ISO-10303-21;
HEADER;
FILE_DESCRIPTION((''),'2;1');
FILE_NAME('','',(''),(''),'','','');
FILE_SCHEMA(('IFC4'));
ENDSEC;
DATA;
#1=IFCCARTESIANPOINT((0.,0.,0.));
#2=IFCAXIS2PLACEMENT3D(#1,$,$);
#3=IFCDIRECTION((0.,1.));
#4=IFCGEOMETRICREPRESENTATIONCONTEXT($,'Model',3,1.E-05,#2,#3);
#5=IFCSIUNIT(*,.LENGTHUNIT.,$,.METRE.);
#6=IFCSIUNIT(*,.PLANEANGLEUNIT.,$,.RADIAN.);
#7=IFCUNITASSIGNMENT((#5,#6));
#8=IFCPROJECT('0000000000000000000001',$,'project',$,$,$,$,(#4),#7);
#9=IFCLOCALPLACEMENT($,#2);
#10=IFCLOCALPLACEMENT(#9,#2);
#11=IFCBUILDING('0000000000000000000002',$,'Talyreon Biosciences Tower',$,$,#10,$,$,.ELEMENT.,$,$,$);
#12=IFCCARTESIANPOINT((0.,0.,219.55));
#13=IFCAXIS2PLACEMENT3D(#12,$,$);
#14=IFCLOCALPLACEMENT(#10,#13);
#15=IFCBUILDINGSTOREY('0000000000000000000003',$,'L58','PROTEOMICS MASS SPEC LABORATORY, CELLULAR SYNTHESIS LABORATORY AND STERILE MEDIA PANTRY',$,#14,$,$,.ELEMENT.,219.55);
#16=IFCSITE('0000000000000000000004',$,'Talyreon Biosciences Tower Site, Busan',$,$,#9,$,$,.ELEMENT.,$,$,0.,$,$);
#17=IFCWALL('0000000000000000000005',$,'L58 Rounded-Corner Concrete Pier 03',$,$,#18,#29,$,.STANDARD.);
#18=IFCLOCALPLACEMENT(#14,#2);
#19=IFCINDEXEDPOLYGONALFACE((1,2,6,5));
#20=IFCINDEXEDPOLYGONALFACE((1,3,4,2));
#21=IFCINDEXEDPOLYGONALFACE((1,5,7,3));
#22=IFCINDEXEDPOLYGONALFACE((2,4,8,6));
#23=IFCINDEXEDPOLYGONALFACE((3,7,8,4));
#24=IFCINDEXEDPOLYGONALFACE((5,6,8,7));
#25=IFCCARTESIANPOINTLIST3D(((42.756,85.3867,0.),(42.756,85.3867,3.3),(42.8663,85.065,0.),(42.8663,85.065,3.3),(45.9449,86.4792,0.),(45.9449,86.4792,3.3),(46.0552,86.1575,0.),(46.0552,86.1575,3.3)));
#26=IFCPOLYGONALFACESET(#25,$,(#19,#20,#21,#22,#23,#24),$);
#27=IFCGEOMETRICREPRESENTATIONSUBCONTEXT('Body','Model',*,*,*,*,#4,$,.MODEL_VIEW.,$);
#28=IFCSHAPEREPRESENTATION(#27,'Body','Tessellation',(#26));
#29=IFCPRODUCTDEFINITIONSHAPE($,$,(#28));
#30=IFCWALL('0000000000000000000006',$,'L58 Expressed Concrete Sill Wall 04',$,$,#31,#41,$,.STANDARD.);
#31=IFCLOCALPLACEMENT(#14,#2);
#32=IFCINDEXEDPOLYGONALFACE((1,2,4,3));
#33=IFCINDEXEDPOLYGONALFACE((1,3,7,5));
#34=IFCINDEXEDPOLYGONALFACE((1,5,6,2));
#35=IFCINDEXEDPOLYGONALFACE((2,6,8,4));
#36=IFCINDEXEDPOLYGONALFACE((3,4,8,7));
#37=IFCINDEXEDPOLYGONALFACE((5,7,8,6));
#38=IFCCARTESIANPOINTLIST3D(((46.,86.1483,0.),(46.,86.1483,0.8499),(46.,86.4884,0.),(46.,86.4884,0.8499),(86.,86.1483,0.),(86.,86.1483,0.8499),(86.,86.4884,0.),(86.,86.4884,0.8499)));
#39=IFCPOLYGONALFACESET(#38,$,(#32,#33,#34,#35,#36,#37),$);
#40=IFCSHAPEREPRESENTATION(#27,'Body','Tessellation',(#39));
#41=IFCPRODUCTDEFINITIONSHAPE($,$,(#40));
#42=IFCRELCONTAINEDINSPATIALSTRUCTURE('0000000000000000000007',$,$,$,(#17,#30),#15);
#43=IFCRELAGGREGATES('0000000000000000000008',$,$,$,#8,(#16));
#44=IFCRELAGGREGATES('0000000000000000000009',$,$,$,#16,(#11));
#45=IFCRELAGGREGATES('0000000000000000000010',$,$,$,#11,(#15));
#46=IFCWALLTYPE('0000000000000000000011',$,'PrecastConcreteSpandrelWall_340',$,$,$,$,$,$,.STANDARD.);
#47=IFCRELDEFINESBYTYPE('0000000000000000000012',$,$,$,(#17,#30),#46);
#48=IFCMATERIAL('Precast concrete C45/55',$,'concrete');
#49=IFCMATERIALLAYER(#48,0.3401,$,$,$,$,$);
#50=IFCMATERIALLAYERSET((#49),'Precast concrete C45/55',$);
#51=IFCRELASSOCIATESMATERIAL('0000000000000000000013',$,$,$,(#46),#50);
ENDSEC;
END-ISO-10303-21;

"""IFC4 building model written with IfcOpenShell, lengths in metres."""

from ifc_helpers import new_model, si_unit, direction, frame, frame_2d, origin, place, context, subcontext, project, spatial, rectangle, extrude, material, layer, layer_set, type_object, element, save


model = new_model("IFC4")

# Units and contexts
model_context = context("Model", 3, precision=1e-05, world=origin(), true_north=direction((0.0, 1.0)))
body_context = subcontext(model_context, "Body", "Model", "MODEL_VIEW")
ifc_project = project(units=[si_unit("LENGTHUNIT", "METRE"), si_unit("PLANEANGLEUNIT", "RADIAN")], contexts=[model_context])

# Site, building, storey
site_placement = place(None, origin())
site = spatial("IfcSite", under=ifc_project, at=site_placement, Name="Talyreon Biosciences Tower Site, Busan", CompositionType="ELEMENT", RefElevation=0.0)
building_placement = place(site_placement, origin())
building = spatial("IfcBuilding", under=site, at=building_placement, Name="Talyreon Biosciences Tower", CompositionType="ELEMENT")
storey_placement = place(building_placement, frame((0.0, 0.0, 219.55)))
storey = spatial("IfcBuildingStorey", under=building, at=storey_placement, Name="L58", Description="PROTEOMICS MASS SPEC LABORATORY, CELLULAR SYNTHESIS LABORATORY AND STERILE MEDIA PANTRY", CompositionType="ELEMENT", Elevation=219.55)

# Shared definitions
ifc_material_1 = material(Name="Precast concrete C45/55", Category="concrete")

# Walls
ifc_layer_1 = layer(ifc_material_1, 0.3401)
ifc_layer_set_1 = layer_set([ifc_layer_1], Name="Precast concrete C45/55")
wall_type_1 = type_object("IfcWallType", Name="PrecastConcreteSpandrelWall_340", PredefinedType="STANDARD", material=ifc_layer_set_1)
wall_1_placement = place(storey_placement, frame((42.811, 85.2258, 0.0), z_axis=(0.0, 0.0, 1.0), x_axis=(0.946021, 0.324104, 0.0)))
element("IfcWall", 1, at=wall_1_placement, inside=storey, type_object=wall_type_1, Name="L58 Rounded-Corner Concrete Pier 03", PredefinedType="STANDARD", context=body_context, shape_type="SweptSolid", body=[
    extrude(rectangle(XDim=3.3708, YDim=0.3401, at=frame_2d((1.6855, 0.0))), origin(), (0.0, 0.0, 1.0), 3.3),
])
wall_2_placement = place(storey_placement, frame((46.0, 86.3184, 0.0), z_axis=(0.0, 0.0, 1.0), x_axis=(1.0, 0.0, 0.0)))
element("IfcWall", 2, at=wall_2_placement, inside=storey, type_object=wall_type_1, Name="L58 Expressed Concrete Sill Wall 04", PredefinedType="STANDARD", context=body_context, shape_type="SweptSolid", body=[
    extrude(rectangle(XDim=40.0, YDim=0.3401, at=frame_2d((20.0, 0.0))), origin(), (0.0, 0.0, 1.0), 0.8499),
])

save(model, "model.ifc")
